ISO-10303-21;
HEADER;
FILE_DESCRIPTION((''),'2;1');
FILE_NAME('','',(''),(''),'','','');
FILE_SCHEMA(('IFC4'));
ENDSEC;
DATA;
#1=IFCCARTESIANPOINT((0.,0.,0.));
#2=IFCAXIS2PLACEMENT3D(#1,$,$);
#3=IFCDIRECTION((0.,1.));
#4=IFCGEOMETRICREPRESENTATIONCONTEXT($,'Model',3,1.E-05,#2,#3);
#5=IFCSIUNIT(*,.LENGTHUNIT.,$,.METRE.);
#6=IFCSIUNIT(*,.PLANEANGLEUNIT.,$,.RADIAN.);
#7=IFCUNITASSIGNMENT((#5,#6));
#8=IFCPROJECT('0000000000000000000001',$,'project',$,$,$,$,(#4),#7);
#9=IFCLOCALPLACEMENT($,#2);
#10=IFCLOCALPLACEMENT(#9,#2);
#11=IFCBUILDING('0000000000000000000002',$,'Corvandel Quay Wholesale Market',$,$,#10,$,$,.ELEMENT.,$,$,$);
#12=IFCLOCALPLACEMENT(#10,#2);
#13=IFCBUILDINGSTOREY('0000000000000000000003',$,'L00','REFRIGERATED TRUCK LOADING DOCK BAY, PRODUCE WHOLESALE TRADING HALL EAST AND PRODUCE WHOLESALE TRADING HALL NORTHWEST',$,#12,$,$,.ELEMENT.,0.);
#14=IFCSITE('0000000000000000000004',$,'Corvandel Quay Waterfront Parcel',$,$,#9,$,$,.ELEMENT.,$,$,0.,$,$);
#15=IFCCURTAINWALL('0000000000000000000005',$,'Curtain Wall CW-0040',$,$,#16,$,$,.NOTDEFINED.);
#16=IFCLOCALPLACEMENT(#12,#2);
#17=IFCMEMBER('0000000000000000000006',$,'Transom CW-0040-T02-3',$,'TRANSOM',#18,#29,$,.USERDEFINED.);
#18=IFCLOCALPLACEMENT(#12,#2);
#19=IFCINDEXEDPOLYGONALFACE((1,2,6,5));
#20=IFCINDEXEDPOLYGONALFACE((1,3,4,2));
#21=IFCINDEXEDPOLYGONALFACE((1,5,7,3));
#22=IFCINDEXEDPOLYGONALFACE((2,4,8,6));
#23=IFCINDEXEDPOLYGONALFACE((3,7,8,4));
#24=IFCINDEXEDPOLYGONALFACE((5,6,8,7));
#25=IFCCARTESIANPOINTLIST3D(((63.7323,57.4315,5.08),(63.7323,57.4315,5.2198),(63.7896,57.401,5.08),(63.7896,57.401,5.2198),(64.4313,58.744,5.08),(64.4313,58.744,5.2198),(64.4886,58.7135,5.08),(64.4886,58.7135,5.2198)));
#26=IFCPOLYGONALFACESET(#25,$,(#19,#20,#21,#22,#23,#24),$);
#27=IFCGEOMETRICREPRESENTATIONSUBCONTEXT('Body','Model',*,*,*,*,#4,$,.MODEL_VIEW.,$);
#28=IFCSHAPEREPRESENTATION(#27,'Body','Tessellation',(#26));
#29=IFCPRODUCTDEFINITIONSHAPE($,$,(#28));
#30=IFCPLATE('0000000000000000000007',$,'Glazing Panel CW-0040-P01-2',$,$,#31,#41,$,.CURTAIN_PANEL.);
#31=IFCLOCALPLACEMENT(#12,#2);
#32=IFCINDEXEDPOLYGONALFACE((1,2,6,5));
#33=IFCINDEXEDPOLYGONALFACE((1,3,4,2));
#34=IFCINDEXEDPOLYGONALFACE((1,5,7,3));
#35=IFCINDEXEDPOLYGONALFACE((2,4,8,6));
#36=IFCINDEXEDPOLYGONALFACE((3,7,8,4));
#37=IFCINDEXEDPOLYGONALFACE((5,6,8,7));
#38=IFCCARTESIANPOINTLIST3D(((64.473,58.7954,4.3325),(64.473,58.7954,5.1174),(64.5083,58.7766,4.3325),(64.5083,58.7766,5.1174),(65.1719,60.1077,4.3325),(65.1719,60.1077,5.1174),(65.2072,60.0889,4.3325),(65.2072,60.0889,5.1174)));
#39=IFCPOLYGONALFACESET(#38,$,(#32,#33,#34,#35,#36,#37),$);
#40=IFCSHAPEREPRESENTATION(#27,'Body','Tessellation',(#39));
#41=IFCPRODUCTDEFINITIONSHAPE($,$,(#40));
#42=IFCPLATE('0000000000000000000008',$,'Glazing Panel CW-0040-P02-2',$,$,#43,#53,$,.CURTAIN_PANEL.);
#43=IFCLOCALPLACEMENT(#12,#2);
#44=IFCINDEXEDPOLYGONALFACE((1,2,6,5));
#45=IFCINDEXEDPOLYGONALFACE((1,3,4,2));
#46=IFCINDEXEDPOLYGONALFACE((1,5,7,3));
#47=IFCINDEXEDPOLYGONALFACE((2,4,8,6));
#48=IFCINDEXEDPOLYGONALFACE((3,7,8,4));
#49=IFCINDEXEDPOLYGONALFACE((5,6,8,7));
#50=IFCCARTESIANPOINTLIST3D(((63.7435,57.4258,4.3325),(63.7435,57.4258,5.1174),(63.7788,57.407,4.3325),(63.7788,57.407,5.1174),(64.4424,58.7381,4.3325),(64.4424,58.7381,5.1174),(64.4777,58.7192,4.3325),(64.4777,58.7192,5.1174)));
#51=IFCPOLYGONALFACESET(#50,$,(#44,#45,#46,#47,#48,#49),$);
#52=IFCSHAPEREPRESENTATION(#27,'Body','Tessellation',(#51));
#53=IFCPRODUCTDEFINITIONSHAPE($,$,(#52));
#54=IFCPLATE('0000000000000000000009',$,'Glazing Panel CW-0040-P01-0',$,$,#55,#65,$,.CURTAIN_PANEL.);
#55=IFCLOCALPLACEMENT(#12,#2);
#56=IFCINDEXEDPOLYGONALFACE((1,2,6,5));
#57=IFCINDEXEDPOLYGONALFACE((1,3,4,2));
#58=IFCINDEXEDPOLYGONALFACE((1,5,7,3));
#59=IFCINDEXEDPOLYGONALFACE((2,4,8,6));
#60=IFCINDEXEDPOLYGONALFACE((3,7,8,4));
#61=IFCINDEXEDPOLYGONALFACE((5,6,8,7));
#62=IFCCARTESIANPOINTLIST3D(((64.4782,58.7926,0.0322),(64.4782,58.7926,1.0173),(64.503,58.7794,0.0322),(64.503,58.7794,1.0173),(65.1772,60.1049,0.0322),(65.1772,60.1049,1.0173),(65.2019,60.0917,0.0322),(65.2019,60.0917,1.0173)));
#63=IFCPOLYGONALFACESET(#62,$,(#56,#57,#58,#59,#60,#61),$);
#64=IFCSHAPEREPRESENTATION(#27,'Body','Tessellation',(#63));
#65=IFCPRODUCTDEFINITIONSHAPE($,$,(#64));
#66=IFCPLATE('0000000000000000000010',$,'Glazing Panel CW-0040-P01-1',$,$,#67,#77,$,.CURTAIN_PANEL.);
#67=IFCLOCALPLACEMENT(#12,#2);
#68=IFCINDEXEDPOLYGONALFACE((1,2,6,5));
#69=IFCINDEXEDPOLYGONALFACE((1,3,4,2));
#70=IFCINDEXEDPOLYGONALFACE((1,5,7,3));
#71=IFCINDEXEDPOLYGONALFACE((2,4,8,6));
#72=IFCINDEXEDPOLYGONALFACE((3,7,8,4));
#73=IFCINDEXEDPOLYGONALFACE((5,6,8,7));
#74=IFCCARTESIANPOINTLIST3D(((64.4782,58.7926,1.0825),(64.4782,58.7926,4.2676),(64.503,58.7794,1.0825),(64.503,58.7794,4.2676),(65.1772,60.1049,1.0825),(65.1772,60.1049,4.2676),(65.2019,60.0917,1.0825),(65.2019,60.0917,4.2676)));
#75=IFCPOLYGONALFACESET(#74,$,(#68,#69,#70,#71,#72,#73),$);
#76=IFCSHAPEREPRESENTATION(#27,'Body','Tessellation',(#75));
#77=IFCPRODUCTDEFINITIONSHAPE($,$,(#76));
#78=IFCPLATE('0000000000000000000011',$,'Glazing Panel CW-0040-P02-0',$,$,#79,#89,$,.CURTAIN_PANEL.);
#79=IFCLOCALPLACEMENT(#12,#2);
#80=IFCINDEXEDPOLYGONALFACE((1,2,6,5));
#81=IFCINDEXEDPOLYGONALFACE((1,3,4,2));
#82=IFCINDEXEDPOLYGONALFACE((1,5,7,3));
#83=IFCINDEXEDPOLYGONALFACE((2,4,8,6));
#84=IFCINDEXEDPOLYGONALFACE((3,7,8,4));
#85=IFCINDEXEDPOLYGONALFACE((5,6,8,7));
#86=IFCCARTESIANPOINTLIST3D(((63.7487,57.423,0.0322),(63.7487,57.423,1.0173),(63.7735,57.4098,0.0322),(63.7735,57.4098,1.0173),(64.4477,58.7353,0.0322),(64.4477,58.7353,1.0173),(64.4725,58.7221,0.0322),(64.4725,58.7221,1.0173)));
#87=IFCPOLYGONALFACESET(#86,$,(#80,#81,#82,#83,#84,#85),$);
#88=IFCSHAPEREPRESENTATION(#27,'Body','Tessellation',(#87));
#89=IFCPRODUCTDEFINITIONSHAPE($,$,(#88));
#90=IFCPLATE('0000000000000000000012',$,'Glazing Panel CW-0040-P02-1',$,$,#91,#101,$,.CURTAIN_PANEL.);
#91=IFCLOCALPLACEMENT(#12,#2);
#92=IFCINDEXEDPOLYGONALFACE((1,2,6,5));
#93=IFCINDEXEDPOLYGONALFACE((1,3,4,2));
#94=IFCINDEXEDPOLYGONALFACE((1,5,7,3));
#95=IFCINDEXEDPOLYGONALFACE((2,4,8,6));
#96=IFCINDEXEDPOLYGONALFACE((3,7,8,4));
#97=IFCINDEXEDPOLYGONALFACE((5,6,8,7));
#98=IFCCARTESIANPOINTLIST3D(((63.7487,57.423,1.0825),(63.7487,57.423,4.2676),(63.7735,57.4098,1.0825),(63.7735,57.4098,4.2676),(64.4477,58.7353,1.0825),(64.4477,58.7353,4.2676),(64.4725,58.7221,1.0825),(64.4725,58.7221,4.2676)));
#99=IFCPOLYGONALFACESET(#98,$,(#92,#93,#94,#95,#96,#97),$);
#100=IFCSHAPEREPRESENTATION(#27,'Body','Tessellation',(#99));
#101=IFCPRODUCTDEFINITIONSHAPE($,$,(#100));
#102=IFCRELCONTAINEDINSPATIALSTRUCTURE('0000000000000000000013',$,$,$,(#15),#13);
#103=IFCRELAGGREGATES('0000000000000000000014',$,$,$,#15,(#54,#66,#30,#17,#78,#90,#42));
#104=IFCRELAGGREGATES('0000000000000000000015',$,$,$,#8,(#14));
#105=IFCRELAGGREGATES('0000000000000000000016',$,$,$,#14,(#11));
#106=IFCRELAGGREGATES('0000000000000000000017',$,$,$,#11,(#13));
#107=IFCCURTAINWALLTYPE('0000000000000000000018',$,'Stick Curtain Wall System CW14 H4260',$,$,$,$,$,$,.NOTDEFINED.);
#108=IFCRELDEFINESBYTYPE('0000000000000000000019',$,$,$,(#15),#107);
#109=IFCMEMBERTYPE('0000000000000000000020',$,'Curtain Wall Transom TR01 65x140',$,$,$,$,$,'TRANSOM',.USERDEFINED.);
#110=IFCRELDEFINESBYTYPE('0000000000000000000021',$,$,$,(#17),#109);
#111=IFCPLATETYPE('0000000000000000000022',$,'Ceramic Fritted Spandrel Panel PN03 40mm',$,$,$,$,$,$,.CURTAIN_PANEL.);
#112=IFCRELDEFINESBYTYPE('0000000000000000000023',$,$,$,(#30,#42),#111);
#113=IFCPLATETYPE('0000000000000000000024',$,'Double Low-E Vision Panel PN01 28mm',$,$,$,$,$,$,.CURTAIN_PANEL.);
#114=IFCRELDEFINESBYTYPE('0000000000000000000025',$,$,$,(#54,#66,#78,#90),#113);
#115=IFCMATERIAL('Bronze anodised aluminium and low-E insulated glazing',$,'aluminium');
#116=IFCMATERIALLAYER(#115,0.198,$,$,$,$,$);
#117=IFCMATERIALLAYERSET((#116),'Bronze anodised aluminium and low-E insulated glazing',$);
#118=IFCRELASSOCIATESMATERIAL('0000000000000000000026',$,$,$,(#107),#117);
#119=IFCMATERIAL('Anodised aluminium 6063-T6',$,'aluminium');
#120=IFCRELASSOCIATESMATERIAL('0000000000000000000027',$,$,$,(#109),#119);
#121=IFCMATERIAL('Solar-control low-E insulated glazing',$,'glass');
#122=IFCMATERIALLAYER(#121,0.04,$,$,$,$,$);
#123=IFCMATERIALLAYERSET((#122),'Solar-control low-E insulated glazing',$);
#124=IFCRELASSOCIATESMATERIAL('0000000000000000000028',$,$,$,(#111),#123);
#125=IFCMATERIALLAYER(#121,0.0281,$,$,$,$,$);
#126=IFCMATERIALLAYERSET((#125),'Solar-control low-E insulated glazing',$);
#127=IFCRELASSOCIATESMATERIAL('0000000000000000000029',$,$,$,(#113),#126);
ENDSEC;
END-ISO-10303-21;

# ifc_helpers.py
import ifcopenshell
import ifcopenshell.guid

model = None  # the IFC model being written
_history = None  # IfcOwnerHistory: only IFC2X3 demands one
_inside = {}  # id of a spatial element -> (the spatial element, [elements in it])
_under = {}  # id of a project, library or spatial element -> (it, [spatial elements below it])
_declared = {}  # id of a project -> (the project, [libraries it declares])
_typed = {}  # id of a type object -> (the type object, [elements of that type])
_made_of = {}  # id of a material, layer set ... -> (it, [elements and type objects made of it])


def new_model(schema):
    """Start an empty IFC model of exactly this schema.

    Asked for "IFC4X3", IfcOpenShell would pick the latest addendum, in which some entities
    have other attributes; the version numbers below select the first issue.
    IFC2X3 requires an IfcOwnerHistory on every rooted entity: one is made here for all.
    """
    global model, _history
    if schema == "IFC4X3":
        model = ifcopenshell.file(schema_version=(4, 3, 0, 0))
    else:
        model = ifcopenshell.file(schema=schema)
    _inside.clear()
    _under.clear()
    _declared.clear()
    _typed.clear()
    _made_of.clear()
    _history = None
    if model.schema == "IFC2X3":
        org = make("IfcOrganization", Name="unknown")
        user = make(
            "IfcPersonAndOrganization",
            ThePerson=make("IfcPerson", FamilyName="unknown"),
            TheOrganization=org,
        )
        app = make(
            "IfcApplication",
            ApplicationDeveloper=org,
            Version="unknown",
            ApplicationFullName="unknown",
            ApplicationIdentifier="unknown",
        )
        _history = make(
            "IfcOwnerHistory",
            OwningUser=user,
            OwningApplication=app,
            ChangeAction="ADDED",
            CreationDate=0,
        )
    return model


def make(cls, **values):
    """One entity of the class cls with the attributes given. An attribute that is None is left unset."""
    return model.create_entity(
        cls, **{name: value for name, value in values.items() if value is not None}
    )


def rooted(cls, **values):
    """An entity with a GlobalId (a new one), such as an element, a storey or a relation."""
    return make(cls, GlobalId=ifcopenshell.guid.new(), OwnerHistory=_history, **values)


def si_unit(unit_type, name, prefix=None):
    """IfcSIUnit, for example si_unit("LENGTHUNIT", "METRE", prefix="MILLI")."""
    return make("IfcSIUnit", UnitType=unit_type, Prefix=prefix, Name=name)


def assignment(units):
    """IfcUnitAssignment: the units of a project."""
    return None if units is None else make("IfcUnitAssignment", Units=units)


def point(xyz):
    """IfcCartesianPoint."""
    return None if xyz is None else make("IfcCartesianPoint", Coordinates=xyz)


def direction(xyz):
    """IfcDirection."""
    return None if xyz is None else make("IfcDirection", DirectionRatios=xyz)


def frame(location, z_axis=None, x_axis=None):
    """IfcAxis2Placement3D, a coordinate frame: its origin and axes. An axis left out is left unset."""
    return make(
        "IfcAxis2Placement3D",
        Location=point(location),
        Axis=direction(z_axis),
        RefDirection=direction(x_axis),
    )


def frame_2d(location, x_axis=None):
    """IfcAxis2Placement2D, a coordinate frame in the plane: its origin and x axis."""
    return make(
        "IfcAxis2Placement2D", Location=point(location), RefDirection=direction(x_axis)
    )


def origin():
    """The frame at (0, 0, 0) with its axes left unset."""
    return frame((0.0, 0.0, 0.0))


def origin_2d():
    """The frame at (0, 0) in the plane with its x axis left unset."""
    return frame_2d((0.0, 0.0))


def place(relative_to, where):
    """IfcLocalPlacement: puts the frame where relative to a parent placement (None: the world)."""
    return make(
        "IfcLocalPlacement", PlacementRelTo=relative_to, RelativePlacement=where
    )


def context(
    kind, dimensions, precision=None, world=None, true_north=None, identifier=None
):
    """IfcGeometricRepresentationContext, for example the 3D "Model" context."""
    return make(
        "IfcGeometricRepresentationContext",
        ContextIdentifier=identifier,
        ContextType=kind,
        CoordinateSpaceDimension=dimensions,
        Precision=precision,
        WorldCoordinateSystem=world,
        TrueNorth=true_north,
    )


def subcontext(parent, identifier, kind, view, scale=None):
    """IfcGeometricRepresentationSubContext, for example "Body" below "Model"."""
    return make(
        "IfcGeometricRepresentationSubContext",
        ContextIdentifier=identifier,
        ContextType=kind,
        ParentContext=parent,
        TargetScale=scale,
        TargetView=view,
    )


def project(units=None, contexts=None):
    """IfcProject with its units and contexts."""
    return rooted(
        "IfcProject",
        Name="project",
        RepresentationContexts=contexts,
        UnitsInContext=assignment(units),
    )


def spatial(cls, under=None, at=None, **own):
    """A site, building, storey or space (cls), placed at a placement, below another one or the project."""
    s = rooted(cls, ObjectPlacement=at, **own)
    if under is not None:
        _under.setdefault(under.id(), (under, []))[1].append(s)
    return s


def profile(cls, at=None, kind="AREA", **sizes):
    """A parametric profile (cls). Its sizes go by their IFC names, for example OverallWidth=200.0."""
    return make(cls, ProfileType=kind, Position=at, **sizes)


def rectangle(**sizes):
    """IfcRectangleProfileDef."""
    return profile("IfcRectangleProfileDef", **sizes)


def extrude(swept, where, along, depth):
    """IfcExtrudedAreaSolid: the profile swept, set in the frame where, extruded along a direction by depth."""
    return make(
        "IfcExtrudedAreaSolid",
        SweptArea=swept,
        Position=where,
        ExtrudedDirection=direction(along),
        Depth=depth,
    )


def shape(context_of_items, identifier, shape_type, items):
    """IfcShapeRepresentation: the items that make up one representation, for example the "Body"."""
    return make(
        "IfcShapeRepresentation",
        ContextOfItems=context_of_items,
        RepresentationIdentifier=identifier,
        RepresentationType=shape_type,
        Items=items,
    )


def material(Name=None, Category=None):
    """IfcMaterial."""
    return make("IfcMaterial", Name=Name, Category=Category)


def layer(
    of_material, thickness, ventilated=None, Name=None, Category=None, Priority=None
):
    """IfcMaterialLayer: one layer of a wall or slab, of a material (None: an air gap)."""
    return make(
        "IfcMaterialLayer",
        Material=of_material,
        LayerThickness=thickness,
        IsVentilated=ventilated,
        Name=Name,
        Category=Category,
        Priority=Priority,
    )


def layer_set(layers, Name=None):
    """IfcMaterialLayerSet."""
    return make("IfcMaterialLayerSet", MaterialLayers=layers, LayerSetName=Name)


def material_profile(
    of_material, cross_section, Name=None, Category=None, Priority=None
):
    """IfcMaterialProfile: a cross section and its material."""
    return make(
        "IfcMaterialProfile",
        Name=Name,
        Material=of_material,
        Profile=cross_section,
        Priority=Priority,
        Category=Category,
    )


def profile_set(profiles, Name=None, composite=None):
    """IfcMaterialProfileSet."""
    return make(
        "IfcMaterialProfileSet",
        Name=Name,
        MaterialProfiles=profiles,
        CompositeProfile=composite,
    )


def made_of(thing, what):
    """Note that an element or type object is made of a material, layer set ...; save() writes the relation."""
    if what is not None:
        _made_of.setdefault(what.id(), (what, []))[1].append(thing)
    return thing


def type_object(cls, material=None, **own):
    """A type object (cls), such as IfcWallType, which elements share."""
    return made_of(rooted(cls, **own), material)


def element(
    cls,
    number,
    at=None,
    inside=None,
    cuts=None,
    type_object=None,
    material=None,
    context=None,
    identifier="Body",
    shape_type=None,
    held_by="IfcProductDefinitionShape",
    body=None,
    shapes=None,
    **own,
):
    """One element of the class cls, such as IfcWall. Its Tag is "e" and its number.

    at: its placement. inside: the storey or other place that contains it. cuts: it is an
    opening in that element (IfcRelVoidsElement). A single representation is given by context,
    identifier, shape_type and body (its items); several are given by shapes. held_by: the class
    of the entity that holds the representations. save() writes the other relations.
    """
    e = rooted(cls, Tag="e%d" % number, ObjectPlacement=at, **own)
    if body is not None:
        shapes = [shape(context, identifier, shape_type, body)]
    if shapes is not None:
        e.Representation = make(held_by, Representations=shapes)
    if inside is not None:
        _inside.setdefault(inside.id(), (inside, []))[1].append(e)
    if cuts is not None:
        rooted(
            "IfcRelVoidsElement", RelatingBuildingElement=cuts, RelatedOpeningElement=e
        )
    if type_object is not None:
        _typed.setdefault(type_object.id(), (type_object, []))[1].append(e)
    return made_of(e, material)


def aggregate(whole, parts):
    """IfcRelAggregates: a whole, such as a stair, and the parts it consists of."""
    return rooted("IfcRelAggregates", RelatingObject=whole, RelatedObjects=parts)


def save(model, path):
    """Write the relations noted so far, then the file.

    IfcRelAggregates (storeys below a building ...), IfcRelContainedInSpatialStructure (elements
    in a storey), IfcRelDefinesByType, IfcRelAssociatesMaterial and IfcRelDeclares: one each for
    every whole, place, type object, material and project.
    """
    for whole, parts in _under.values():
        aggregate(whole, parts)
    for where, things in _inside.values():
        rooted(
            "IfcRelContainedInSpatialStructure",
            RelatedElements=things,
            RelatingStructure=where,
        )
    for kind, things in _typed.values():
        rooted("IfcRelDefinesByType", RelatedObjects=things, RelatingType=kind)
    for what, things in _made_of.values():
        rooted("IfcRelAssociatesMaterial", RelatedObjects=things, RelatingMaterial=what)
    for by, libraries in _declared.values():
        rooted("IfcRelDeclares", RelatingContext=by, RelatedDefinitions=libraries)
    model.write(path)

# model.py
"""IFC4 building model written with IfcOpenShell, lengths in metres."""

from ifc_helpers import new_model, si_unit, direction, frame, origin, origin_2d, place, context, subcontext, project, spatial, rectangle, extrude, material, layer, layer_set, material_profile, profile_set, type_object, element, aggregate, save


model = new_model("IFC4")

# Units and contexts
model_context = context("Model", 3, precision=1e-05, world=origin(), true_north=direction((0.0, 1.0)))
body_context = subcontext(model_context, "Body", "Model", "MODEL_VIEW")
ifc_project = project(units=[si_unit("LENGTHUNIT", "METRE"), si_unit("PLANEANGLEUNIT", "RADIAN")], contexts=[model_context])

# Site, building, storey
site_placement = place(None, origin())
site = spatial("IfcSite", under=ifc_project, at=site_placement, Name="Corvandel Quay Waterfront Parcel", CompositionType="ELEMENT", RefElevation=0.0)
building_placement = place(site_placement, origin())
building = spatial("IfcBuilding", under=site, at=building_placement, Name="Corvandel Quay Wholesale Market", CompositionType="ELEMENT")
storey_placement = place(building_placement, origin())
storey = spatial("IfcBuildingStorey", under=building, at=storey_placement, Name="L00", Description="REFRIGERATED TRUCK LOADING DOCK BAY, PRODUCE WHOLESALE TRADING HALL EAST AND PRODUCE WHOLESALE TRADING HALL NORTHWEST", CompositionType="ELEMENT", Elevation=0.0)

# Curtain wall, member, plates
ifc_material_1 = material(Name="Bronze anodised aluminium and low-E insulated glazing", Category="aluminium")
ifc_layer_1 = layer(ifc_material_1, 0.198)
ifc_layer_set_1 = layer_set([ifc_layer_1], Name="Bronze anodised aluminium and low-E insulated glazing")
curtain_wall_type = type_object("IfcCurtainWallType", Name="Stick Curtain Wall System CW14 H4260", PredefinedType="NOTDEFINED", material=ifc_layer_set_1)
curtain_wall_placement = place(storey_placement, origin())
curtain_wall = element("IfcCurtainWall", 1, at=curtain_wall_placement, inside=storey, type_object=curtain_wall_type, Name="Curtain Wall CW-0040", PredefinedType="NOTDEFINED")
ifc_material_2 = material(Name="Anodised aluminium 6063-T6", Category="aluminium")
ifc_material_profile_1 = material_profile(ifc_material_2, rectangle(XDim=0.0649, YDim=0.1399, at=origin_2d()), Name="ALU-TRN-65x140")
ifc_profile_set_1 = profile_set([ifc_material_profile_1], Name="Anodised aluminium 6063-T6")
member_type_1 = type_object("IfcMemberType", Name="Curtain Wall Transom TR01 65x140", ElementType="TRANSOM", PredefinedType="USERDEFINED", material=ifc_profile_set_1)
member_1_placement = place(storey_placement, frame((64.46, 58.7288, 5.1499), z_axis=(-0.470051, -0.882639, 0.0), x_axis=(0.882639, -0.470051, 0.0)))
member_1 = element("IfcMember", 2, at=member_1_placement, type_object=member_type_1, Name="Transom CW-0040-T02-3", ObjectType="TRANSOM", PredefinedType="USERDEFINED", context=body_context, shape_type="SweptSolid", body=[
    extrude(rectangle(XDim=0.0649, YDim=0.1399, at=origin_2d()), origin(), (0.0, 0.0, 1.0), 1.4871),
])
ifc_material_3 = material(Name="Solar-control low-E insulated glazing", Category="glass")
ifc_layer_2 = layer(ifc_material_3, 0.04)
ifc_layer_set_2 = layer_set([ifc_layer_2], Name="Solar-control low-E insulated glazing")
plate_type_1 = type_object("IfcPlateType", Name="Ceramic Fritted Spandrel Panel PN03 40mm", PredefinedType="CURTAIN_PANEL", material=ifc_layer_set_2)
plate_1_placement = place(storey_placement, frame((64.8401, 59.4421, 4.3325), z_axis=(0.0, 0.0, 1.0), x_axis=(0.470088, 0.88262, 0.0)))
plate_1 = element("IfcPlate", 3, at=plate_1_placement, type_object=plate_type_1, Name="Glazing Panel CW-0040-P01-2", PredefinedType="CURTAIN_PANEL", context=body_context, shape_type="SweptSolid", body=[
    extrude(rectangle(XDim=1.4868, YDim=0.04, at=origin_2d()), origin(), (0.0, 0.0, 1.0), 0.7849),
])
plate_2_placement = place(storey_placement, frame((64.1106, 58.0725, 4.3325), z_axis=(0.0, 0.0, 1.0), x_axis=(0.470088, 0.88262, 0.0)))
plate_2 = element("IfcPlate", 4, at=plate_2_placement, type_object=plate_type_1, Name="Glazing Panel CW-0040-P02-2", PredefinedType="CURTAIN_PANEL", context=body_context, shape_type="SweptSolid", body=[
    extrude(rectangle(XDim=1.4868, YDim=0.04, at=origin_2d()), origin(), (0.0, 0.0, 1.0), 0.7849),
])
ifc_layer_3 = layer(ifc_material_3, 0.0281)
ifc_layer_set_3 = layer_set([ifc_layer_3], Name="Solar-control low-E insulated glazing")
plate_type_2 = type_object("IfcPlateType", Name="Double Low-E Vision Panel PN01 28mm", PredefinedType="CURTAIN_PANEL", material=ifc_layer_set_3)
plate_3_placement = place(storey_placement, frame((64.8401, 59.4421, 0.0322), z_axis=(0.0, 0.0, 1.0), x_axis=(0.470088, 0.88262, 0.0)))
plate_3 = element("IfcPlate", 5, at=plate_3_placement, type_object=plate_type_2, Name="Glazing Panel CW-0040-P01-0", PredefinedType="CURTAIN_PANEL", context=body_context, shape_type="SweptSolid", body=[
    extrude(rectangle(XDim=1.4868, YDim=0.0281, at=origin_2d()), origin(), (0.0, 0.0, 1.0), 0.9851),
])
plate_4_placement = place(storey_placement, frame((64.8401, 59.4421, 1.0825), z_axis=(0.0, 0.0, 1.0), x_axis=(0.470088, 0.88262, 0.0)))
plate_4 = element("IfcPlate", 6, at=plate_4_placement, type_object=plate_type_2, Name="Glazing Panel CW-0040-P01-1", PredefinedType="CURTAIN_PANEL", context=body_context, shape_type="SweptSolid", body=[
    extrude(rectangle(XDim=1.4868, YDim=0.0281, at=origin_2d()), origin(), (0.0, 0.0, 1.0), 3.1851),
])
plate_5_placement = place(storey_placement, frame((64.1106, 58.0725, 0.0322), z_axis=(0.0, 0.0, 1.0), x_axis=(0.470088, 0.88262, 0.0)))
plate_5 = element("IfcPlate", 7, at=plate_5_placement, type_object=plate_type_2, Name="Glazing Panel CW-0040-P02-0", PredefinedType="CURTAIN_PANEL", context=body_context, shape_type="SweptSolid", body=[
    extrude(rectangle(XDim=1.4868, YDim=0.0281, at=origin_2d()), origin(), (0.0, 0.0, 1.0), 0.9851),
])
plate_6_placement = place(storey_placement, frame((64.1106, 58.0725, 1.0825), z_axis=(0.0, 0.0, 1.0), x_axis=(0.470088, 0.88262, 0.0)))
plate_6 = element("IfcPlate", 8, at=plate_6_placement, type_object=plate_type_2, Name="Glazing Panel CW-0040-P02-1", PredefinedType="CURTAIN_PANEL", context=body_context, shape_type="SweptSolid", body=[
    extrude(rectangle(XDim=1.4868, YDim=0.0281, at=origin_2d()), origin(), (0.0, 0.0, 1.0), 3.1851),
])
aggregate(curtain_wall, [plate_3, plate_4, plate_1, member_1, plate_5, plate_6, plate_2])

save(model, "model.ifc")
